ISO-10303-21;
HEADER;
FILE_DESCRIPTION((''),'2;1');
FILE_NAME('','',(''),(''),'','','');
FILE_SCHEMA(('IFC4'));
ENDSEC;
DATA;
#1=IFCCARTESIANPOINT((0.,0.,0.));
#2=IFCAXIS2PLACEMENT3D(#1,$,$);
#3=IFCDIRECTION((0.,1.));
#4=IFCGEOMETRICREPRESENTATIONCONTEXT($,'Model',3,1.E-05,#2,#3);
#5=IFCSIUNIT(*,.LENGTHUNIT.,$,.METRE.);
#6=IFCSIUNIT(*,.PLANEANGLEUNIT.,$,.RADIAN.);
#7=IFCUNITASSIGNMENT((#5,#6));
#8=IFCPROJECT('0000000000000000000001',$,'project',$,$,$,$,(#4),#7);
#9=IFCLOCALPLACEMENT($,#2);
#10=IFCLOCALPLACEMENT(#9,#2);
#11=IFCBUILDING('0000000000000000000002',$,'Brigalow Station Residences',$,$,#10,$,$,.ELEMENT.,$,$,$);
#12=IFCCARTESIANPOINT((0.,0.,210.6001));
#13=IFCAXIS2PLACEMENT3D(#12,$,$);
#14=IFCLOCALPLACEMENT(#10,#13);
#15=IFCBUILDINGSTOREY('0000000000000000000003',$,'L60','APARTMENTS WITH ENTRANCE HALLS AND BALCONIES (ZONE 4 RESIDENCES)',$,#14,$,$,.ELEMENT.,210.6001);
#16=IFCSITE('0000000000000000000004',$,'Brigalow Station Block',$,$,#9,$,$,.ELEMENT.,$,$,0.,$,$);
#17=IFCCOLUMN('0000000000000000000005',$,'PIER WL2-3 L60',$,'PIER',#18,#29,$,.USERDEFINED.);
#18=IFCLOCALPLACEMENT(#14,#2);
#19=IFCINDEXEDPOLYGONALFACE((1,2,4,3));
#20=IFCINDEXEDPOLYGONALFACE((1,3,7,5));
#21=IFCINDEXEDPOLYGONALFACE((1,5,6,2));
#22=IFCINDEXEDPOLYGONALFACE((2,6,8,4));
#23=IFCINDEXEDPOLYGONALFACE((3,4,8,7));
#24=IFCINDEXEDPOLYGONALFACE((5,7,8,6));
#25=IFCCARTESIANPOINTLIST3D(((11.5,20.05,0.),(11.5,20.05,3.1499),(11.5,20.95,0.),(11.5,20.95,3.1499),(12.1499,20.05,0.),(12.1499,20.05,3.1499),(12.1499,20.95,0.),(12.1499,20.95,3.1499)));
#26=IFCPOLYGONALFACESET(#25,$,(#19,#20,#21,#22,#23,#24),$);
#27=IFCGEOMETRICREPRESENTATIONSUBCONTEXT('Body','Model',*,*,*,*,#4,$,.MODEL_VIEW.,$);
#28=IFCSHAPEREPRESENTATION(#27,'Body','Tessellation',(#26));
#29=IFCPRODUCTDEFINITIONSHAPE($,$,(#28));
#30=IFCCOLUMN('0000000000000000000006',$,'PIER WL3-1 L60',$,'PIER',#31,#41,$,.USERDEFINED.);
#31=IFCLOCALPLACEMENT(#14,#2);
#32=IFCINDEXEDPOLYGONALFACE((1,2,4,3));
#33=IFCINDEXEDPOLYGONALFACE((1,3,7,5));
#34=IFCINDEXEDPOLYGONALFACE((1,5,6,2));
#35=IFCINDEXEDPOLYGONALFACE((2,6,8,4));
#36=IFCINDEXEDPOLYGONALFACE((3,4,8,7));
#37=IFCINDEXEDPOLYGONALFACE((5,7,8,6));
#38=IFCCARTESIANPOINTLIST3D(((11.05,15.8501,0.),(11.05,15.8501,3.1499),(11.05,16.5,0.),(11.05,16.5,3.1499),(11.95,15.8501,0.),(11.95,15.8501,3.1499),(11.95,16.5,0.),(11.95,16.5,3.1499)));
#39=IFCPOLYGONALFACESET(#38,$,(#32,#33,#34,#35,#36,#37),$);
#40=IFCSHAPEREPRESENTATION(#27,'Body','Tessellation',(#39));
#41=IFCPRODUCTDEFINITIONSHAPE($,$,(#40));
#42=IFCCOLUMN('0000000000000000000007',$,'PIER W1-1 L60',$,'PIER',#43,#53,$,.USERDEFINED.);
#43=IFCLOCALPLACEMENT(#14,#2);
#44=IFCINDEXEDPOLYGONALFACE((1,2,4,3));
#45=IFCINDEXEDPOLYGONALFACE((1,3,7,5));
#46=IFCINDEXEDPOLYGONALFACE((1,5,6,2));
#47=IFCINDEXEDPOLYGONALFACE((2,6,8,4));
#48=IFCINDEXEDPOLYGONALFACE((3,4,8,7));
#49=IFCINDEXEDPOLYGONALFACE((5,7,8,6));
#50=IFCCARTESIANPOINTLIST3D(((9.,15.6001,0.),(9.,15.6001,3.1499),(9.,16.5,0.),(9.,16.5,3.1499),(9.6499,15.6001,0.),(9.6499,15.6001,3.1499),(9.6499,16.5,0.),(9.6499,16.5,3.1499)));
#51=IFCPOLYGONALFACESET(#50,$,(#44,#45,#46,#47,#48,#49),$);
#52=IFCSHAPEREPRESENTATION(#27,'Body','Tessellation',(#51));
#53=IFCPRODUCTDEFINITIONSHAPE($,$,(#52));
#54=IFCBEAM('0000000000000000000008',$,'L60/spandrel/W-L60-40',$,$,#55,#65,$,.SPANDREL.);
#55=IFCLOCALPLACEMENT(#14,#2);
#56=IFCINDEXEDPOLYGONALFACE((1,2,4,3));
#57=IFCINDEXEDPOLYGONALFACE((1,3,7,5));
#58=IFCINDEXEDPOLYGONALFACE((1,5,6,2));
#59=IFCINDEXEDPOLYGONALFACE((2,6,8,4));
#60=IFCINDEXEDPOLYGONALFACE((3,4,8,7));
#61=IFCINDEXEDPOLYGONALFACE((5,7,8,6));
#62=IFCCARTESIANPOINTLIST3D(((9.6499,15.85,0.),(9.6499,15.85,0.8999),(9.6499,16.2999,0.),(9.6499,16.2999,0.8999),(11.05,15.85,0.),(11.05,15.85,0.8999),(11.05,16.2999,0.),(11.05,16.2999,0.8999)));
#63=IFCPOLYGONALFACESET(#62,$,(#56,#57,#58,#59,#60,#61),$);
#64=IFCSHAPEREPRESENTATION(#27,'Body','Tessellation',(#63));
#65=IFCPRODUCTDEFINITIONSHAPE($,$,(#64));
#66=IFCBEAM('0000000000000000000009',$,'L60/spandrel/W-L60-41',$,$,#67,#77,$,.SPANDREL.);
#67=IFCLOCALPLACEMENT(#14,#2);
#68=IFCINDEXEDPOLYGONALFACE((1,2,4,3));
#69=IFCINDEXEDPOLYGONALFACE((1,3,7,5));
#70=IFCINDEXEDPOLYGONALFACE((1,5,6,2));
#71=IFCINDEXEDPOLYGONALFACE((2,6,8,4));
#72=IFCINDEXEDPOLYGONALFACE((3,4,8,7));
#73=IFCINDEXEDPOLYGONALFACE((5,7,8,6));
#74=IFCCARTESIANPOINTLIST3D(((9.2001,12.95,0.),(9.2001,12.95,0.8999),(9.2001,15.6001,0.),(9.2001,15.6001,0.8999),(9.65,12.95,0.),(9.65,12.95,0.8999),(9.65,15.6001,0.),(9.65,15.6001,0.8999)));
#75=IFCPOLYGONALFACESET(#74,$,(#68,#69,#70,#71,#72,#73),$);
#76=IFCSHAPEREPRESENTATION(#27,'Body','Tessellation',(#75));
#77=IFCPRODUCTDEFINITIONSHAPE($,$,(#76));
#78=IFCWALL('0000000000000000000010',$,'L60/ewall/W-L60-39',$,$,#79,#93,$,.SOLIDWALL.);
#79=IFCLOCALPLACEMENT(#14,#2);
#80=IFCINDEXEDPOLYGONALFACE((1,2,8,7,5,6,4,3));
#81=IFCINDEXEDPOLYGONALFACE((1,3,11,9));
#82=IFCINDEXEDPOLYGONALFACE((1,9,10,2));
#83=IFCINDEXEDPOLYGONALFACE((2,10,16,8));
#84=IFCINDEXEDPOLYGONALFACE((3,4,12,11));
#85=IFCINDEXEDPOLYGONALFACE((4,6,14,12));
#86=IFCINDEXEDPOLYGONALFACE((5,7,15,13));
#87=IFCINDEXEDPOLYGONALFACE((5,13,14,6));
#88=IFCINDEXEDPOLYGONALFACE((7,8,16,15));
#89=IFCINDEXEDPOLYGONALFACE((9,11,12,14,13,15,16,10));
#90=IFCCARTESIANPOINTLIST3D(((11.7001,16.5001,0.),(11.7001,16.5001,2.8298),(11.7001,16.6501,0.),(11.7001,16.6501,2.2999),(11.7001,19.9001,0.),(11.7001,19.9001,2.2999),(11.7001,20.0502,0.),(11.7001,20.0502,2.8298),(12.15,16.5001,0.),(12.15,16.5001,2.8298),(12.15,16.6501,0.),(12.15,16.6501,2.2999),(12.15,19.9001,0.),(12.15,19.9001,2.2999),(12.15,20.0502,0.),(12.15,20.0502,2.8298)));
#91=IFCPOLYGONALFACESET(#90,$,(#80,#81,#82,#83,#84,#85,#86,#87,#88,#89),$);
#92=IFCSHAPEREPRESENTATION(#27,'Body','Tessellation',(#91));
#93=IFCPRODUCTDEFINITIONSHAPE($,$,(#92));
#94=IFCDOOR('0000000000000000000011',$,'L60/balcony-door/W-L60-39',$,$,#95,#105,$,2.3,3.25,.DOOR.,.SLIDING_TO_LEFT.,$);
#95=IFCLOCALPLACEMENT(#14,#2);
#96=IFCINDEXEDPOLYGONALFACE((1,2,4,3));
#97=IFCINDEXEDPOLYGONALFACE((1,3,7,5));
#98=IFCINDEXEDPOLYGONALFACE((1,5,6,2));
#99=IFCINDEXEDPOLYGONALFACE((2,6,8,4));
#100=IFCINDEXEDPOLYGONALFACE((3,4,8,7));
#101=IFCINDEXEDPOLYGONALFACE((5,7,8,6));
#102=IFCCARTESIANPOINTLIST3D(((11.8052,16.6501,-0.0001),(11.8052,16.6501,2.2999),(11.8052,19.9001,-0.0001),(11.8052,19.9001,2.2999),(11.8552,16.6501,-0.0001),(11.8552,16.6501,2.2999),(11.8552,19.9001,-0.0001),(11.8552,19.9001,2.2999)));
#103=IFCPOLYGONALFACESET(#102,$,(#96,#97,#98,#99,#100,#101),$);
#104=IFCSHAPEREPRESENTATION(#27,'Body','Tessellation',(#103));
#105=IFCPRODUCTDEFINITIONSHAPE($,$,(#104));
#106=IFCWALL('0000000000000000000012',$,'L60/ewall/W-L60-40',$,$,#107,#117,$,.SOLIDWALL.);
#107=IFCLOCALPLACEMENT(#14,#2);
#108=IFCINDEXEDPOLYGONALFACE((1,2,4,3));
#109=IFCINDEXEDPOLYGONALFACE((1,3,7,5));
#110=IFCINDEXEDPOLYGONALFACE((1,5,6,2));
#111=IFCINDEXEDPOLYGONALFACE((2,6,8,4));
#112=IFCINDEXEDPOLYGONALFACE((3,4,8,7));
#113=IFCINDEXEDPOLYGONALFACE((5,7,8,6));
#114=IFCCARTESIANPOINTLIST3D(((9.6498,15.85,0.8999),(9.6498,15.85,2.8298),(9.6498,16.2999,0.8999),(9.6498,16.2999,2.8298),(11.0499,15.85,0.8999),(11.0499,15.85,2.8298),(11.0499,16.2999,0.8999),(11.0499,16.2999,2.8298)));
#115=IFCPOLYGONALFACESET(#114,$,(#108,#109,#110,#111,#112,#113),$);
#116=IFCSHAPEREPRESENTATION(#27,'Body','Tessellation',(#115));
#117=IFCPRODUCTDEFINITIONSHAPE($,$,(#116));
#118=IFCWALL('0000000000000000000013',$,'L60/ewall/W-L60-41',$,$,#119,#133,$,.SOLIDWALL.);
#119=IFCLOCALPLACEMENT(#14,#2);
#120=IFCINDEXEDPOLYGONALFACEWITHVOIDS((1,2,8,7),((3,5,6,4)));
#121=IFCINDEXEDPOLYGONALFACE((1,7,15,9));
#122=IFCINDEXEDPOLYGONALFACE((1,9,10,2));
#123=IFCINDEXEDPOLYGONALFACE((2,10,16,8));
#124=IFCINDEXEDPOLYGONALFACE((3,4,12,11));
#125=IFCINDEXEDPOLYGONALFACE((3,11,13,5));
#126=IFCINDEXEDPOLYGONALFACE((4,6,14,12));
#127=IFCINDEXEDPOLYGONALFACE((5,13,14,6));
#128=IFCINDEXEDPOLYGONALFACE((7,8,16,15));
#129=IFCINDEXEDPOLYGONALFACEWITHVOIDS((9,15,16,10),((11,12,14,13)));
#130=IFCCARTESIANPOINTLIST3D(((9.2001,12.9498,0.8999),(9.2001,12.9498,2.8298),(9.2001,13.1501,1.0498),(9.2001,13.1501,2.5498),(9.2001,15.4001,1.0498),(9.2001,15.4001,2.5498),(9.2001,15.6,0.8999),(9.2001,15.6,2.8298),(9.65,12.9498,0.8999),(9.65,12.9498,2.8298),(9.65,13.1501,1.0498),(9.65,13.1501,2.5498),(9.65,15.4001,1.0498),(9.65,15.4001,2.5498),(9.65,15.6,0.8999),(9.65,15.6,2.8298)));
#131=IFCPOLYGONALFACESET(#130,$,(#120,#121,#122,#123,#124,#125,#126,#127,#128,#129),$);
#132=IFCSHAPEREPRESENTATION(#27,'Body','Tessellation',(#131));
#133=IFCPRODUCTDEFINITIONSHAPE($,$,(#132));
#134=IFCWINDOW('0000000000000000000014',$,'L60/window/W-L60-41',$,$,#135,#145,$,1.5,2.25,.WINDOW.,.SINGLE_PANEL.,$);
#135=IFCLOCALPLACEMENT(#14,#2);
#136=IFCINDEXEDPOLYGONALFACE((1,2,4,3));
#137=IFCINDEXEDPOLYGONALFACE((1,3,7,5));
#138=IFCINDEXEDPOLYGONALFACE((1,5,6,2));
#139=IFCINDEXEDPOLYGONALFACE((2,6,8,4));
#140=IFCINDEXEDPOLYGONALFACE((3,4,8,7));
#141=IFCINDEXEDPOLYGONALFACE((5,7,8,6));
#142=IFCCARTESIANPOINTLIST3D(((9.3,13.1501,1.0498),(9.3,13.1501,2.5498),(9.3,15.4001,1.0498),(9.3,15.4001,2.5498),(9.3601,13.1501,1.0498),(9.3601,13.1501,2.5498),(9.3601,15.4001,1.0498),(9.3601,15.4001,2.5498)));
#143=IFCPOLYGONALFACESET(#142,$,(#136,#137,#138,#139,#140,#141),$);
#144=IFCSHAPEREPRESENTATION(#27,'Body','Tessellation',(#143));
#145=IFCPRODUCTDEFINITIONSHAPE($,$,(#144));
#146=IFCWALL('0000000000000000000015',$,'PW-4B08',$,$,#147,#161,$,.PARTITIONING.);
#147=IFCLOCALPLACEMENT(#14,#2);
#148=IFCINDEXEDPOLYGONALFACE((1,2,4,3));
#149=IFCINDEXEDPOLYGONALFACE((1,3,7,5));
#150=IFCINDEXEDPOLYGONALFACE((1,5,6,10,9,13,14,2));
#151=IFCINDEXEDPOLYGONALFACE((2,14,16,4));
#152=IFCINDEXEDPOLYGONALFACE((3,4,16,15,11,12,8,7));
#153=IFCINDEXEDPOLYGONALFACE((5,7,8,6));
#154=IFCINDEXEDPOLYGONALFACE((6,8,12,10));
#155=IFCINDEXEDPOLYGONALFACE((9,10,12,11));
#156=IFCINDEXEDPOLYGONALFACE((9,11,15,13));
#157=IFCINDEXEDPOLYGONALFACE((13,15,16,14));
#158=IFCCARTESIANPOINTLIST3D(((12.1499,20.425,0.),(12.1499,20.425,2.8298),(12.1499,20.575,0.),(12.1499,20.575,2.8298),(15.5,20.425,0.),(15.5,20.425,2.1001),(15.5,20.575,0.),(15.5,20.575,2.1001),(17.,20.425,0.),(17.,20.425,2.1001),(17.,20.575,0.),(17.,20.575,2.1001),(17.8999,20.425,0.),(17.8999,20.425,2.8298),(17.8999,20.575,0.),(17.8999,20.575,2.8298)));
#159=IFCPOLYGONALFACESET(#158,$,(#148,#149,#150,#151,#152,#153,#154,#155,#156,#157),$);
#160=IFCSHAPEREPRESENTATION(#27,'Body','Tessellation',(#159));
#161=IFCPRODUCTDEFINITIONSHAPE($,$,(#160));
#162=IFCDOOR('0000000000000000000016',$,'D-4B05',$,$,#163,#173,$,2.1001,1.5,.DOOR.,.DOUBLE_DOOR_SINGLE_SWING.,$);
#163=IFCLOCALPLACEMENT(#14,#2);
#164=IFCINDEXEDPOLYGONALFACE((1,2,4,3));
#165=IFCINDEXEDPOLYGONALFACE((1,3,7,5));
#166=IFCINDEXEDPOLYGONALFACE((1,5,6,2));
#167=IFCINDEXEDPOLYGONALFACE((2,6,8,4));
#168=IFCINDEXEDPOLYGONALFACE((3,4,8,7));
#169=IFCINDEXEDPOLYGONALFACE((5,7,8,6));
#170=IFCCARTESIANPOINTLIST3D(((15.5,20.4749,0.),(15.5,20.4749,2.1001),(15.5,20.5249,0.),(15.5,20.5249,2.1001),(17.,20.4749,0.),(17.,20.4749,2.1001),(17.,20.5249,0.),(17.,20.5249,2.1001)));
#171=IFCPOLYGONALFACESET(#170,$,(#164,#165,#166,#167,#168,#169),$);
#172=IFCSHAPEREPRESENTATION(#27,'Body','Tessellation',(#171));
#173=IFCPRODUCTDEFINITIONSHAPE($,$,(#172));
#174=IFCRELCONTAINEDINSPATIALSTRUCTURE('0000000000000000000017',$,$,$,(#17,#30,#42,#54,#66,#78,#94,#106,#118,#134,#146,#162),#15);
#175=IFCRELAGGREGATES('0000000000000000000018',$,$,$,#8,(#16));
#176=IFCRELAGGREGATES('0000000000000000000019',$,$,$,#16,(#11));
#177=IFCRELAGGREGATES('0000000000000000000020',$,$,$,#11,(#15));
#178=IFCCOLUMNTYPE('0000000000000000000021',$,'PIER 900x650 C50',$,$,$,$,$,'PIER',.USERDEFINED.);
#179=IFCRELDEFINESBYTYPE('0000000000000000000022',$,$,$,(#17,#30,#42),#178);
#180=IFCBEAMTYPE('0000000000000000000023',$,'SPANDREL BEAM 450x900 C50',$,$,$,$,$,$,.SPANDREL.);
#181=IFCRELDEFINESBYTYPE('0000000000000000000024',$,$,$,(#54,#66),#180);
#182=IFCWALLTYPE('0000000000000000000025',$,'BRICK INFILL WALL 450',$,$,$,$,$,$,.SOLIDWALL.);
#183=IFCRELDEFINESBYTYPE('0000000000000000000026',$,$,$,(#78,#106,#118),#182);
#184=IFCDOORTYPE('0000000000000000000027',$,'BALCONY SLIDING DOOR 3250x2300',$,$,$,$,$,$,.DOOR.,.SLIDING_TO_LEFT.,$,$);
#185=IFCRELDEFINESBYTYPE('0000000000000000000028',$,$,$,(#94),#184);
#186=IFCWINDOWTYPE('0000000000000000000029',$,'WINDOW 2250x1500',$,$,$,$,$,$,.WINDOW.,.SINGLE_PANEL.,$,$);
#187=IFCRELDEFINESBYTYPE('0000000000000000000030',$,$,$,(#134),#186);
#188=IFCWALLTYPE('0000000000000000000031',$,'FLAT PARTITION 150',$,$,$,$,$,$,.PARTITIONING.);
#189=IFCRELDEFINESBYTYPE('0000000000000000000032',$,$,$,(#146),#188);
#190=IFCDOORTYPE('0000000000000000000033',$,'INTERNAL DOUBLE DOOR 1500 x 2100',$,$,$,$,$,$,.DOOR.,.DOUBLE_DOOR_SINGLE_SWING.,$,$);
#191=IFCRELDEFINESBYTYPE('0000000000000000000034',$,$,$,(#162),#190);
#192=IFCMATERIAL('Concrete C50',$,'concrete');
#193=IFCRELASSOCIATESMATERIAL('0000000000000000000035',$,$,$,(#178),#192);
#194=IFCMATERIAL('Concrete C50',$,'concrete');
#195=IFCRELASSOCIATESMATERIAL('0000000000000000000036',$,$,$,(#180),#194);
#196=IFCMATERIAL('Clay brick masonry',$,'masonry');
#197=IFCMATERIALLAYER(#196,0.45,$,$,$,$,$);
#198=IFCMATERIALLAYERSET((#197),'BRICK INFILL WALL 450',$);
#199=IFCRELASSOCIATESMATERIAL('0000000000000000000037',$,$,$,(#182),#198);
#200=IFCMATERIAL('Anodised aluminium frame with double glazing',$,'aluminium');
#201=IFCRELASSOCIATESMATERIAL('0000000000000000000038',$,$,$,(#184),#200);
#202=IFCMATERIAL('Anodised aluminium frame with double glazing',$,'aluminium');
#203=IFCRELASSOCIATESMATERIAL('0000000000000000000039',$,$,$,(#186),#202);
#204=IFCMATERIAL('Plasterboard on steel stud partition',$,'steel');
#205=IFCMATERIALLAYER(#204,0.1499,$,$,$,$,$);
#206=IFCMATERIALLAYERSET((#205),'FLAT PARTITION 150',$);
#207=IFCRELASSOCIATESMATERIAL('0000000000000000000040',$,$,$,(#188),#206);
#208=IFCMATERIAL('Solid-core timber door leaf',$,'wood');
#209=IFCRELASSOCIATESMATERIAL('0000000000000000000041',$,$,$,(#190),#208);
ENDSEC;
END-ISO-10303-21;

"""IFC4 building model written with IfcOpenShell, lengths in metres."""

from ifc_helpers import new_model, si_unit, direction, frame, frame_2d, origin, origin_2d, place, context, subcontext, project, spatial, rectangle, extrude, material, layer, layer_set, material_profile, profile_set, type_object, element, fill, save


model = new_model("IFC4")

# Units and contexts
model_context = context("Model", 3, precision=1e-05, world=origin(), true_north=direction((0.0, 1.0)))
body_context = subcontext(model_context, "Body", "Model", "MODEL_VIEW")
ifc_project = project(units=[si_unit("LENGTHUNIT", "METRE"), si_unit("PLANEANGLEUNIT", "RADIAN")], contexts=[model_context])

# Site, building, storey
site_placement = place(None, origin())
site = spatial("IfcSite", under=ifc_project, at=site_placement, Name="Brigalow Station Block", CompositionType="ELEMENT", RefElevation=0.0)
building_placement = place(site_placement, origin())
building = spatial("IfcBuilding", under=site, at=building_placement, Name="Brigalow Station Residences", CompositionType="ELEMENT")
storey_placement = place(building_placement, frame((0.0, 0.0, 210.6001)))
storey = spatial("IfcBuildingStorey", under=building, at=storey_placement, Name="L60", Description="APARTMENTS WITH ENTRANCE HALLS AND BALCONIES (ZONE 4 RESIDENCES)", CompositionType="ELEMENT", Elevation=210.6001)

# Columns
ifc_material_1 = material(Name="Concrete C50", Category="concrete")
ifc_material_profile_1 = material_profile(ifc_material_1, rectangle(XDim=0.8999, YDim=0.6499, at=origin_2d()), Name="RC900x650")
ifc_profile_set_1 = profile_set([ifc_material_profile_1], Name="Concrete C50")
column_type = type_object("IfcColumnType", Name="PIER 900x650 C50", ElementType="PIER", PredefinedType="USERDEFINED", material=ifc_profile_set_1)
for number, where, z_axis, x_axis, name in (
    (1, (11.825, 20.5, 0.0), (0.0, 0.0, 1.0), (0.0, -1.0, 0.0), "PIER WL2-3 L60"),
    (2, (11.5, 16.175, 0.0), (0.0, 0.0, 1.0), (-1.0, 0.0, 0.0), "PIER WL3-1 L60"),
    (3, (9.325, 16.05, 0.0), (0.0, 0.0, 1.0), (0.0, -1.0, 0.0), "PIER W1-1 L60"),
):
    element("IfcColumn", number, at=place(storey_placement, frame(where, z_axis=z_axis, x_axis=x_axis)), inside=storey, type_object=column_type, Name=name, ObjectType="PIER", PredefinedType="USERDEFINED", context=body_context, shape_type="SweptSolid", body=[
        extrude(rectangle(XDim=0.8999, YDim=0.6499, at=origin_2d()), origin(), (0.0, 0.0, 1.0), 3.1499),
    ])

# Beams
ifc_material_2 = material(Name="Concrete C50", Category="concrete")
ifc_material_profile_2 = material_profile(ifc_material_2, rectangle(XDim=0.45, YDim=0.8999, at=origin_2d()), Name="RC450x900")
ifc_profile_set_2 = profile_set([ifc_material_profile_2], Name="Concrete C50")
beam_type = type_object("IfcBeamType", Name="SPANDREL BEAM 450x900 C50", PredefinedType="SPANDREL", material=ifc_profile_set_2)
beam_1_placement = place(storey_placement, frame((11.05, 16.075, 0.45), z_axis=(-1.0, 0.0, 0.0), x_axis=(0.0, -1.0, 0.0)))
element("IfcBeam", 4, at=beam_1_placement, inside=storey, type_object=beam_type, Name="L60/spandrel/W-L60-40", PredefinedType="SPANDREL", context=body_context, shape_type="SweptSolid", body=[
    extrude(rectangle(XDim=0.45, YDim=0.8999, at=origin_2d()), origin(), (0.0, 0.0, 1.0), 1.4001),
])
beam_2_placement = place(storey_placement, frame((9.425, 15.6001, 0.45), z_axis=(0.0, -1.0, 0.0), x_axis=(1.0, 0.0, 0.0)))
element("IfcBeam", 5, at=beam_2_placement, inside=storey, type_object=beam_type, Name="L60/spandrel/W-L60-41", PredefinedType="SPANDREL", context=body_context, shape_type="SweptSolid", body=[
    extrude(rectangle(XDim=0.45, YDim=0.8999, at=origin_2d()), origin(), (0.0, 0.0, 1.0), 2.6501),
])

# Wall, opening, door
ifc_material_3 = material(Name="Clay brick masonry", Category="masonry")
ifc_layer_1 = layer(ifc_material_3, 0.45)
ifc_layer_set_1 = layer_set([ifc_layer_1], Name="BRICK INFILL WALL 450")
wall_type_1 = type_object("IfcWallType", Name="BRICK INFILL WALL 450", PredefinedType="SOLIDWALL", material=ifc_layer_set_1)
wall_1_placement = place(storey_placement, frame((11.925, 20.05, 0.0), z_axis=(0.0, 0.0, 1.0), x_axis=(0.0, -1.0, 0.0)))
wall_1 = element("IfcWall", 6, at=wall_1_placement, inside=storey, type_object=wall_type_1, Name="L60/ewall/W-L60-39", PredefinedType="SOLIDWALL", context=body_context, shape_type="SweptSolid", body=[
    extrude(rectangle(XDim=3.55, YDim=0.45, at=frame_2d((1.7749, 0.0))), origin(), (0.0, 0.0, 1.0), 2.8298),
])
opening_1_placement = place(wall_1_placement, frame((0.1499, 0.0, 0.0)))
opening_1 = element("IfcOpeningElement", 7, at=opening_1_placement, cuts=wall_1, PredefinedType="OPENING", context=body_context, shape_type="SweptSolid", body=[
    extrude(rectangle(XDim=3.25, YDim=2.3, at=frame_2d((1.625, 1.1499))), frame((0.0, 0.2349, 0.0), z_axis=(0.0, -1.0, 0.0), x_axis=(1.0, 0.0, 0.0)), (0.0, 0.0, 1.0), 0.47),
])
ifc_material_4 = material(Name="Anodised aluminium frame with double glazing", Category="aluminium")
door_type_1 = type_object("IfcDoorType", Name="BALCONY SLIDING DOOR 3250x2300", OperationType="SLIDING_TO_LEFT", PredefinedType="DOOR", material=ifc_material_4)
door_1_placement = place(opening_1_placement, origin())
door_1 = element("IfcDoor", 8, at=door_1_placement, inside=storey, type_object=door_type_1, Name="L60/balcony-door/W-L60-39", OperationType="SLIDING_TO_LEFT", OverallHeight=2.3, OverallWidth=3.25, PredefinedType="DOOR", context=body_context, shape_type="SweptSolid", body=[
    extrude(rectangle(XDim=3.25, YDim=2.3, at=frame_2d((1.625, 1.1499))), frame((0.0, -0.0698, 0.0), z_axis=(0.0, -1.0, 0.0), x_axis=(1.0, 0.0, 0.0)), (0.0, 0.0, 1.0), 0.05),
])
fill(opening_1, door_1)

# Wall
wall_2_placement = place(storey_placement, frame((11.05, 16.075, 0.8999), z_axis=(0.0, 0.0, 1.0), x_axis=(-1.0, 0.0, 0.0)))
element("IfcWall", 9, at=wall_2_placement, inside=storey, type_object=wall_type_1, Name="L60/ewall/W-L60-40", PredefinedType="SOLIDWALL", context=body_context, shape_type="SweptSolid", body=[
    extrude(rectangle(XDim=1.4001, YDim=0.45, at=frame_2d((0.7002, 0.0))), origin(), (0.0, 0.0, 1.0), 1.9299),
])

# Wall, opening, window
wall_3_placement = place(storey_placement, frame((9.425, 15.6001, 0.8999), z_axis=(0.0, 0.0, 1.0), x_axis=(0.0, -1.0, 0.0)))
wall_3 = element("IfcWall", 10, at=wall_3_placement, inside=storey, type_object=wall_type_1, Name="L60/ewall/W-L60-41", PredefinedType="SOLIDWALL", context=body_context, shape_type="SweptSolid", body=[
    extrude(rectangle(XDim=2.6501, YDim=0.45, at=frame_2d((1.3252, 0.0))), origin(), (0.0, 0.0, 1.0), 1.9299),
])
opening_2_placement = place(wall_3_placement, frame((0.2, 0.0, 0.1499)))
opening_2 = element("IfcOpeningElement", 11, at=opening_2_placement, cuts=wall_3, PredefinedType="OPENING", context=body_context, shape_type="SweptSolid", body=[
    extrude(rectangle(XDim=2.25, YDim=1.5, at=frame_2d((1.125, 0.75))), frame((0.0, 0.2349, 0.0), z_axis=(0.0, -1.0, 0.0), x_axis=(1.0, 0.0, 0.0)), (0.0, 0.0, 1.0), 0.47),
])
ifc_material_5 = material(Name="Anodised aluminium frame with double glazing", Category="aluminium")
window_type = type_object("IfcWindowType", Name="WINDOW 2250x1500", PartitioningType="SINGLE_PANEL", PredefinedType="WINDOW", material=ifc_material_5)
window_placement = place(opening_2_placement, origin())
window = element("IfcWindow", 12, at=window_placement, inside=storey, type_object=window_type, Name="L60/window/W-L60-41", OverallHeight=1.5, OverallWidth=2.25, PartitioningType="SINGLE_PANEL", PredefinedType="WINDOW", context=body_context, shape_type="SweptSolid", body=[
    extrude(rectangle(XDim=2.25, YDim=1.5, at=frame_2d((1.125, 0.75))), frame((0.0, -0.0649, 0.0), z_axis=(0.0, -1.0, 0.0), x_axis=(1.0, 0.0, 0.0)), (0.0, 0.0, 1.0), 0.0601),
])
fill(opening_2, window)

# Wall, opening, door
ifc_material_6 = material(Name="Plasterboard on steel stud partition", Category="steel")
ifc_layer_2 = layer(ifc_material_6, 0.1499)
ifc_layer_set_2 = layer_set([ifc_layer_2], Name="FLAT PARTITION 150")
wall_type_2 = type_object("IfcWallType", Name="FLAT PARTITION 150", PredefinedType="PARTITIONING", material=ifc_layer_set_2)
wall_4_placement = place(storey_placement, frame((12.1499, 20.5, 0.0), z_axis=(0.0, 0.0, 1.0), x_axis=(1.0, 0.0, 0.0)))
wall_4 = element("IfcWall", 13, at=wall_4_placement, inside=storey, type_object=wall_type_2, Name="PW-4B08", PredefinedType="PARTITIONING", context=body_context, shape_type="SweptSolid", body=[
    extrude(rectangle(XDim=5.75, YDim=0.1499, at=frame_2d((2.875, 0.0))), origin(), (0.0, 0.0, 1.0), 2.8298),
])
opening_3_placement = place(wall_4_placement, frame((3.3501, 0.0, 0.0)))
opening_3 = element("IfcOpeningElement", 14, at=opening_3_placement, cuts=wall_4, PredefinedType="OPENING", context=body_context, shape_type="SweptSolid", body=[
    extrude(rectangle(XDim=1.5, YDim=2.1001, at=frame_2d((0.75, 1.05))), frame((0.0, 0.085, 0.0), z_axis=(0.0, -1.0, 0.0), x_axis=(1.0, 0.0, 0.0)), (0.0, 0.0, 1.0), 0.1699),
])
ifc_material_7 = material(Name="Solid-core timber door leaf", Category="wood")
door_type_2 = type_object("IfcDoorType", Name="INTERNAL DOUBLE DOOR 1500 x 2100", OperationType="DOUBLE_DOOR_SINGLE_SWING", PredefinedType="DOOR", material=ifc_material_7)
door_2_placement = place(opening_3_placement, origin())
door_2 = element("IfcDoor", 15, at=door_2_placement, inside=storey, type_object=door_type_2, Name="D-4B05", OperationType="DOUBLE_DOOR_SINGLE_SWING", OverallHeight=2.1001, OverallWidth=1.5, PredefinedType="DOOR", context=body_context, shape_type="SweptSolid", body=[
    extrude(rectangle(XDim=1.5, YDim=2.1001, at=frame_2d((0.75, 1.05))), frame((0.0, 0.0249, 0.0), z_axis=(0.0, -1.0, 0.0), x_axis=(1.0, 0.0, 0.0)), (0.0, 0.0, 1.0), 0.05),
])
fill(opening_3, door_2)

save(model, "model.ifc")
